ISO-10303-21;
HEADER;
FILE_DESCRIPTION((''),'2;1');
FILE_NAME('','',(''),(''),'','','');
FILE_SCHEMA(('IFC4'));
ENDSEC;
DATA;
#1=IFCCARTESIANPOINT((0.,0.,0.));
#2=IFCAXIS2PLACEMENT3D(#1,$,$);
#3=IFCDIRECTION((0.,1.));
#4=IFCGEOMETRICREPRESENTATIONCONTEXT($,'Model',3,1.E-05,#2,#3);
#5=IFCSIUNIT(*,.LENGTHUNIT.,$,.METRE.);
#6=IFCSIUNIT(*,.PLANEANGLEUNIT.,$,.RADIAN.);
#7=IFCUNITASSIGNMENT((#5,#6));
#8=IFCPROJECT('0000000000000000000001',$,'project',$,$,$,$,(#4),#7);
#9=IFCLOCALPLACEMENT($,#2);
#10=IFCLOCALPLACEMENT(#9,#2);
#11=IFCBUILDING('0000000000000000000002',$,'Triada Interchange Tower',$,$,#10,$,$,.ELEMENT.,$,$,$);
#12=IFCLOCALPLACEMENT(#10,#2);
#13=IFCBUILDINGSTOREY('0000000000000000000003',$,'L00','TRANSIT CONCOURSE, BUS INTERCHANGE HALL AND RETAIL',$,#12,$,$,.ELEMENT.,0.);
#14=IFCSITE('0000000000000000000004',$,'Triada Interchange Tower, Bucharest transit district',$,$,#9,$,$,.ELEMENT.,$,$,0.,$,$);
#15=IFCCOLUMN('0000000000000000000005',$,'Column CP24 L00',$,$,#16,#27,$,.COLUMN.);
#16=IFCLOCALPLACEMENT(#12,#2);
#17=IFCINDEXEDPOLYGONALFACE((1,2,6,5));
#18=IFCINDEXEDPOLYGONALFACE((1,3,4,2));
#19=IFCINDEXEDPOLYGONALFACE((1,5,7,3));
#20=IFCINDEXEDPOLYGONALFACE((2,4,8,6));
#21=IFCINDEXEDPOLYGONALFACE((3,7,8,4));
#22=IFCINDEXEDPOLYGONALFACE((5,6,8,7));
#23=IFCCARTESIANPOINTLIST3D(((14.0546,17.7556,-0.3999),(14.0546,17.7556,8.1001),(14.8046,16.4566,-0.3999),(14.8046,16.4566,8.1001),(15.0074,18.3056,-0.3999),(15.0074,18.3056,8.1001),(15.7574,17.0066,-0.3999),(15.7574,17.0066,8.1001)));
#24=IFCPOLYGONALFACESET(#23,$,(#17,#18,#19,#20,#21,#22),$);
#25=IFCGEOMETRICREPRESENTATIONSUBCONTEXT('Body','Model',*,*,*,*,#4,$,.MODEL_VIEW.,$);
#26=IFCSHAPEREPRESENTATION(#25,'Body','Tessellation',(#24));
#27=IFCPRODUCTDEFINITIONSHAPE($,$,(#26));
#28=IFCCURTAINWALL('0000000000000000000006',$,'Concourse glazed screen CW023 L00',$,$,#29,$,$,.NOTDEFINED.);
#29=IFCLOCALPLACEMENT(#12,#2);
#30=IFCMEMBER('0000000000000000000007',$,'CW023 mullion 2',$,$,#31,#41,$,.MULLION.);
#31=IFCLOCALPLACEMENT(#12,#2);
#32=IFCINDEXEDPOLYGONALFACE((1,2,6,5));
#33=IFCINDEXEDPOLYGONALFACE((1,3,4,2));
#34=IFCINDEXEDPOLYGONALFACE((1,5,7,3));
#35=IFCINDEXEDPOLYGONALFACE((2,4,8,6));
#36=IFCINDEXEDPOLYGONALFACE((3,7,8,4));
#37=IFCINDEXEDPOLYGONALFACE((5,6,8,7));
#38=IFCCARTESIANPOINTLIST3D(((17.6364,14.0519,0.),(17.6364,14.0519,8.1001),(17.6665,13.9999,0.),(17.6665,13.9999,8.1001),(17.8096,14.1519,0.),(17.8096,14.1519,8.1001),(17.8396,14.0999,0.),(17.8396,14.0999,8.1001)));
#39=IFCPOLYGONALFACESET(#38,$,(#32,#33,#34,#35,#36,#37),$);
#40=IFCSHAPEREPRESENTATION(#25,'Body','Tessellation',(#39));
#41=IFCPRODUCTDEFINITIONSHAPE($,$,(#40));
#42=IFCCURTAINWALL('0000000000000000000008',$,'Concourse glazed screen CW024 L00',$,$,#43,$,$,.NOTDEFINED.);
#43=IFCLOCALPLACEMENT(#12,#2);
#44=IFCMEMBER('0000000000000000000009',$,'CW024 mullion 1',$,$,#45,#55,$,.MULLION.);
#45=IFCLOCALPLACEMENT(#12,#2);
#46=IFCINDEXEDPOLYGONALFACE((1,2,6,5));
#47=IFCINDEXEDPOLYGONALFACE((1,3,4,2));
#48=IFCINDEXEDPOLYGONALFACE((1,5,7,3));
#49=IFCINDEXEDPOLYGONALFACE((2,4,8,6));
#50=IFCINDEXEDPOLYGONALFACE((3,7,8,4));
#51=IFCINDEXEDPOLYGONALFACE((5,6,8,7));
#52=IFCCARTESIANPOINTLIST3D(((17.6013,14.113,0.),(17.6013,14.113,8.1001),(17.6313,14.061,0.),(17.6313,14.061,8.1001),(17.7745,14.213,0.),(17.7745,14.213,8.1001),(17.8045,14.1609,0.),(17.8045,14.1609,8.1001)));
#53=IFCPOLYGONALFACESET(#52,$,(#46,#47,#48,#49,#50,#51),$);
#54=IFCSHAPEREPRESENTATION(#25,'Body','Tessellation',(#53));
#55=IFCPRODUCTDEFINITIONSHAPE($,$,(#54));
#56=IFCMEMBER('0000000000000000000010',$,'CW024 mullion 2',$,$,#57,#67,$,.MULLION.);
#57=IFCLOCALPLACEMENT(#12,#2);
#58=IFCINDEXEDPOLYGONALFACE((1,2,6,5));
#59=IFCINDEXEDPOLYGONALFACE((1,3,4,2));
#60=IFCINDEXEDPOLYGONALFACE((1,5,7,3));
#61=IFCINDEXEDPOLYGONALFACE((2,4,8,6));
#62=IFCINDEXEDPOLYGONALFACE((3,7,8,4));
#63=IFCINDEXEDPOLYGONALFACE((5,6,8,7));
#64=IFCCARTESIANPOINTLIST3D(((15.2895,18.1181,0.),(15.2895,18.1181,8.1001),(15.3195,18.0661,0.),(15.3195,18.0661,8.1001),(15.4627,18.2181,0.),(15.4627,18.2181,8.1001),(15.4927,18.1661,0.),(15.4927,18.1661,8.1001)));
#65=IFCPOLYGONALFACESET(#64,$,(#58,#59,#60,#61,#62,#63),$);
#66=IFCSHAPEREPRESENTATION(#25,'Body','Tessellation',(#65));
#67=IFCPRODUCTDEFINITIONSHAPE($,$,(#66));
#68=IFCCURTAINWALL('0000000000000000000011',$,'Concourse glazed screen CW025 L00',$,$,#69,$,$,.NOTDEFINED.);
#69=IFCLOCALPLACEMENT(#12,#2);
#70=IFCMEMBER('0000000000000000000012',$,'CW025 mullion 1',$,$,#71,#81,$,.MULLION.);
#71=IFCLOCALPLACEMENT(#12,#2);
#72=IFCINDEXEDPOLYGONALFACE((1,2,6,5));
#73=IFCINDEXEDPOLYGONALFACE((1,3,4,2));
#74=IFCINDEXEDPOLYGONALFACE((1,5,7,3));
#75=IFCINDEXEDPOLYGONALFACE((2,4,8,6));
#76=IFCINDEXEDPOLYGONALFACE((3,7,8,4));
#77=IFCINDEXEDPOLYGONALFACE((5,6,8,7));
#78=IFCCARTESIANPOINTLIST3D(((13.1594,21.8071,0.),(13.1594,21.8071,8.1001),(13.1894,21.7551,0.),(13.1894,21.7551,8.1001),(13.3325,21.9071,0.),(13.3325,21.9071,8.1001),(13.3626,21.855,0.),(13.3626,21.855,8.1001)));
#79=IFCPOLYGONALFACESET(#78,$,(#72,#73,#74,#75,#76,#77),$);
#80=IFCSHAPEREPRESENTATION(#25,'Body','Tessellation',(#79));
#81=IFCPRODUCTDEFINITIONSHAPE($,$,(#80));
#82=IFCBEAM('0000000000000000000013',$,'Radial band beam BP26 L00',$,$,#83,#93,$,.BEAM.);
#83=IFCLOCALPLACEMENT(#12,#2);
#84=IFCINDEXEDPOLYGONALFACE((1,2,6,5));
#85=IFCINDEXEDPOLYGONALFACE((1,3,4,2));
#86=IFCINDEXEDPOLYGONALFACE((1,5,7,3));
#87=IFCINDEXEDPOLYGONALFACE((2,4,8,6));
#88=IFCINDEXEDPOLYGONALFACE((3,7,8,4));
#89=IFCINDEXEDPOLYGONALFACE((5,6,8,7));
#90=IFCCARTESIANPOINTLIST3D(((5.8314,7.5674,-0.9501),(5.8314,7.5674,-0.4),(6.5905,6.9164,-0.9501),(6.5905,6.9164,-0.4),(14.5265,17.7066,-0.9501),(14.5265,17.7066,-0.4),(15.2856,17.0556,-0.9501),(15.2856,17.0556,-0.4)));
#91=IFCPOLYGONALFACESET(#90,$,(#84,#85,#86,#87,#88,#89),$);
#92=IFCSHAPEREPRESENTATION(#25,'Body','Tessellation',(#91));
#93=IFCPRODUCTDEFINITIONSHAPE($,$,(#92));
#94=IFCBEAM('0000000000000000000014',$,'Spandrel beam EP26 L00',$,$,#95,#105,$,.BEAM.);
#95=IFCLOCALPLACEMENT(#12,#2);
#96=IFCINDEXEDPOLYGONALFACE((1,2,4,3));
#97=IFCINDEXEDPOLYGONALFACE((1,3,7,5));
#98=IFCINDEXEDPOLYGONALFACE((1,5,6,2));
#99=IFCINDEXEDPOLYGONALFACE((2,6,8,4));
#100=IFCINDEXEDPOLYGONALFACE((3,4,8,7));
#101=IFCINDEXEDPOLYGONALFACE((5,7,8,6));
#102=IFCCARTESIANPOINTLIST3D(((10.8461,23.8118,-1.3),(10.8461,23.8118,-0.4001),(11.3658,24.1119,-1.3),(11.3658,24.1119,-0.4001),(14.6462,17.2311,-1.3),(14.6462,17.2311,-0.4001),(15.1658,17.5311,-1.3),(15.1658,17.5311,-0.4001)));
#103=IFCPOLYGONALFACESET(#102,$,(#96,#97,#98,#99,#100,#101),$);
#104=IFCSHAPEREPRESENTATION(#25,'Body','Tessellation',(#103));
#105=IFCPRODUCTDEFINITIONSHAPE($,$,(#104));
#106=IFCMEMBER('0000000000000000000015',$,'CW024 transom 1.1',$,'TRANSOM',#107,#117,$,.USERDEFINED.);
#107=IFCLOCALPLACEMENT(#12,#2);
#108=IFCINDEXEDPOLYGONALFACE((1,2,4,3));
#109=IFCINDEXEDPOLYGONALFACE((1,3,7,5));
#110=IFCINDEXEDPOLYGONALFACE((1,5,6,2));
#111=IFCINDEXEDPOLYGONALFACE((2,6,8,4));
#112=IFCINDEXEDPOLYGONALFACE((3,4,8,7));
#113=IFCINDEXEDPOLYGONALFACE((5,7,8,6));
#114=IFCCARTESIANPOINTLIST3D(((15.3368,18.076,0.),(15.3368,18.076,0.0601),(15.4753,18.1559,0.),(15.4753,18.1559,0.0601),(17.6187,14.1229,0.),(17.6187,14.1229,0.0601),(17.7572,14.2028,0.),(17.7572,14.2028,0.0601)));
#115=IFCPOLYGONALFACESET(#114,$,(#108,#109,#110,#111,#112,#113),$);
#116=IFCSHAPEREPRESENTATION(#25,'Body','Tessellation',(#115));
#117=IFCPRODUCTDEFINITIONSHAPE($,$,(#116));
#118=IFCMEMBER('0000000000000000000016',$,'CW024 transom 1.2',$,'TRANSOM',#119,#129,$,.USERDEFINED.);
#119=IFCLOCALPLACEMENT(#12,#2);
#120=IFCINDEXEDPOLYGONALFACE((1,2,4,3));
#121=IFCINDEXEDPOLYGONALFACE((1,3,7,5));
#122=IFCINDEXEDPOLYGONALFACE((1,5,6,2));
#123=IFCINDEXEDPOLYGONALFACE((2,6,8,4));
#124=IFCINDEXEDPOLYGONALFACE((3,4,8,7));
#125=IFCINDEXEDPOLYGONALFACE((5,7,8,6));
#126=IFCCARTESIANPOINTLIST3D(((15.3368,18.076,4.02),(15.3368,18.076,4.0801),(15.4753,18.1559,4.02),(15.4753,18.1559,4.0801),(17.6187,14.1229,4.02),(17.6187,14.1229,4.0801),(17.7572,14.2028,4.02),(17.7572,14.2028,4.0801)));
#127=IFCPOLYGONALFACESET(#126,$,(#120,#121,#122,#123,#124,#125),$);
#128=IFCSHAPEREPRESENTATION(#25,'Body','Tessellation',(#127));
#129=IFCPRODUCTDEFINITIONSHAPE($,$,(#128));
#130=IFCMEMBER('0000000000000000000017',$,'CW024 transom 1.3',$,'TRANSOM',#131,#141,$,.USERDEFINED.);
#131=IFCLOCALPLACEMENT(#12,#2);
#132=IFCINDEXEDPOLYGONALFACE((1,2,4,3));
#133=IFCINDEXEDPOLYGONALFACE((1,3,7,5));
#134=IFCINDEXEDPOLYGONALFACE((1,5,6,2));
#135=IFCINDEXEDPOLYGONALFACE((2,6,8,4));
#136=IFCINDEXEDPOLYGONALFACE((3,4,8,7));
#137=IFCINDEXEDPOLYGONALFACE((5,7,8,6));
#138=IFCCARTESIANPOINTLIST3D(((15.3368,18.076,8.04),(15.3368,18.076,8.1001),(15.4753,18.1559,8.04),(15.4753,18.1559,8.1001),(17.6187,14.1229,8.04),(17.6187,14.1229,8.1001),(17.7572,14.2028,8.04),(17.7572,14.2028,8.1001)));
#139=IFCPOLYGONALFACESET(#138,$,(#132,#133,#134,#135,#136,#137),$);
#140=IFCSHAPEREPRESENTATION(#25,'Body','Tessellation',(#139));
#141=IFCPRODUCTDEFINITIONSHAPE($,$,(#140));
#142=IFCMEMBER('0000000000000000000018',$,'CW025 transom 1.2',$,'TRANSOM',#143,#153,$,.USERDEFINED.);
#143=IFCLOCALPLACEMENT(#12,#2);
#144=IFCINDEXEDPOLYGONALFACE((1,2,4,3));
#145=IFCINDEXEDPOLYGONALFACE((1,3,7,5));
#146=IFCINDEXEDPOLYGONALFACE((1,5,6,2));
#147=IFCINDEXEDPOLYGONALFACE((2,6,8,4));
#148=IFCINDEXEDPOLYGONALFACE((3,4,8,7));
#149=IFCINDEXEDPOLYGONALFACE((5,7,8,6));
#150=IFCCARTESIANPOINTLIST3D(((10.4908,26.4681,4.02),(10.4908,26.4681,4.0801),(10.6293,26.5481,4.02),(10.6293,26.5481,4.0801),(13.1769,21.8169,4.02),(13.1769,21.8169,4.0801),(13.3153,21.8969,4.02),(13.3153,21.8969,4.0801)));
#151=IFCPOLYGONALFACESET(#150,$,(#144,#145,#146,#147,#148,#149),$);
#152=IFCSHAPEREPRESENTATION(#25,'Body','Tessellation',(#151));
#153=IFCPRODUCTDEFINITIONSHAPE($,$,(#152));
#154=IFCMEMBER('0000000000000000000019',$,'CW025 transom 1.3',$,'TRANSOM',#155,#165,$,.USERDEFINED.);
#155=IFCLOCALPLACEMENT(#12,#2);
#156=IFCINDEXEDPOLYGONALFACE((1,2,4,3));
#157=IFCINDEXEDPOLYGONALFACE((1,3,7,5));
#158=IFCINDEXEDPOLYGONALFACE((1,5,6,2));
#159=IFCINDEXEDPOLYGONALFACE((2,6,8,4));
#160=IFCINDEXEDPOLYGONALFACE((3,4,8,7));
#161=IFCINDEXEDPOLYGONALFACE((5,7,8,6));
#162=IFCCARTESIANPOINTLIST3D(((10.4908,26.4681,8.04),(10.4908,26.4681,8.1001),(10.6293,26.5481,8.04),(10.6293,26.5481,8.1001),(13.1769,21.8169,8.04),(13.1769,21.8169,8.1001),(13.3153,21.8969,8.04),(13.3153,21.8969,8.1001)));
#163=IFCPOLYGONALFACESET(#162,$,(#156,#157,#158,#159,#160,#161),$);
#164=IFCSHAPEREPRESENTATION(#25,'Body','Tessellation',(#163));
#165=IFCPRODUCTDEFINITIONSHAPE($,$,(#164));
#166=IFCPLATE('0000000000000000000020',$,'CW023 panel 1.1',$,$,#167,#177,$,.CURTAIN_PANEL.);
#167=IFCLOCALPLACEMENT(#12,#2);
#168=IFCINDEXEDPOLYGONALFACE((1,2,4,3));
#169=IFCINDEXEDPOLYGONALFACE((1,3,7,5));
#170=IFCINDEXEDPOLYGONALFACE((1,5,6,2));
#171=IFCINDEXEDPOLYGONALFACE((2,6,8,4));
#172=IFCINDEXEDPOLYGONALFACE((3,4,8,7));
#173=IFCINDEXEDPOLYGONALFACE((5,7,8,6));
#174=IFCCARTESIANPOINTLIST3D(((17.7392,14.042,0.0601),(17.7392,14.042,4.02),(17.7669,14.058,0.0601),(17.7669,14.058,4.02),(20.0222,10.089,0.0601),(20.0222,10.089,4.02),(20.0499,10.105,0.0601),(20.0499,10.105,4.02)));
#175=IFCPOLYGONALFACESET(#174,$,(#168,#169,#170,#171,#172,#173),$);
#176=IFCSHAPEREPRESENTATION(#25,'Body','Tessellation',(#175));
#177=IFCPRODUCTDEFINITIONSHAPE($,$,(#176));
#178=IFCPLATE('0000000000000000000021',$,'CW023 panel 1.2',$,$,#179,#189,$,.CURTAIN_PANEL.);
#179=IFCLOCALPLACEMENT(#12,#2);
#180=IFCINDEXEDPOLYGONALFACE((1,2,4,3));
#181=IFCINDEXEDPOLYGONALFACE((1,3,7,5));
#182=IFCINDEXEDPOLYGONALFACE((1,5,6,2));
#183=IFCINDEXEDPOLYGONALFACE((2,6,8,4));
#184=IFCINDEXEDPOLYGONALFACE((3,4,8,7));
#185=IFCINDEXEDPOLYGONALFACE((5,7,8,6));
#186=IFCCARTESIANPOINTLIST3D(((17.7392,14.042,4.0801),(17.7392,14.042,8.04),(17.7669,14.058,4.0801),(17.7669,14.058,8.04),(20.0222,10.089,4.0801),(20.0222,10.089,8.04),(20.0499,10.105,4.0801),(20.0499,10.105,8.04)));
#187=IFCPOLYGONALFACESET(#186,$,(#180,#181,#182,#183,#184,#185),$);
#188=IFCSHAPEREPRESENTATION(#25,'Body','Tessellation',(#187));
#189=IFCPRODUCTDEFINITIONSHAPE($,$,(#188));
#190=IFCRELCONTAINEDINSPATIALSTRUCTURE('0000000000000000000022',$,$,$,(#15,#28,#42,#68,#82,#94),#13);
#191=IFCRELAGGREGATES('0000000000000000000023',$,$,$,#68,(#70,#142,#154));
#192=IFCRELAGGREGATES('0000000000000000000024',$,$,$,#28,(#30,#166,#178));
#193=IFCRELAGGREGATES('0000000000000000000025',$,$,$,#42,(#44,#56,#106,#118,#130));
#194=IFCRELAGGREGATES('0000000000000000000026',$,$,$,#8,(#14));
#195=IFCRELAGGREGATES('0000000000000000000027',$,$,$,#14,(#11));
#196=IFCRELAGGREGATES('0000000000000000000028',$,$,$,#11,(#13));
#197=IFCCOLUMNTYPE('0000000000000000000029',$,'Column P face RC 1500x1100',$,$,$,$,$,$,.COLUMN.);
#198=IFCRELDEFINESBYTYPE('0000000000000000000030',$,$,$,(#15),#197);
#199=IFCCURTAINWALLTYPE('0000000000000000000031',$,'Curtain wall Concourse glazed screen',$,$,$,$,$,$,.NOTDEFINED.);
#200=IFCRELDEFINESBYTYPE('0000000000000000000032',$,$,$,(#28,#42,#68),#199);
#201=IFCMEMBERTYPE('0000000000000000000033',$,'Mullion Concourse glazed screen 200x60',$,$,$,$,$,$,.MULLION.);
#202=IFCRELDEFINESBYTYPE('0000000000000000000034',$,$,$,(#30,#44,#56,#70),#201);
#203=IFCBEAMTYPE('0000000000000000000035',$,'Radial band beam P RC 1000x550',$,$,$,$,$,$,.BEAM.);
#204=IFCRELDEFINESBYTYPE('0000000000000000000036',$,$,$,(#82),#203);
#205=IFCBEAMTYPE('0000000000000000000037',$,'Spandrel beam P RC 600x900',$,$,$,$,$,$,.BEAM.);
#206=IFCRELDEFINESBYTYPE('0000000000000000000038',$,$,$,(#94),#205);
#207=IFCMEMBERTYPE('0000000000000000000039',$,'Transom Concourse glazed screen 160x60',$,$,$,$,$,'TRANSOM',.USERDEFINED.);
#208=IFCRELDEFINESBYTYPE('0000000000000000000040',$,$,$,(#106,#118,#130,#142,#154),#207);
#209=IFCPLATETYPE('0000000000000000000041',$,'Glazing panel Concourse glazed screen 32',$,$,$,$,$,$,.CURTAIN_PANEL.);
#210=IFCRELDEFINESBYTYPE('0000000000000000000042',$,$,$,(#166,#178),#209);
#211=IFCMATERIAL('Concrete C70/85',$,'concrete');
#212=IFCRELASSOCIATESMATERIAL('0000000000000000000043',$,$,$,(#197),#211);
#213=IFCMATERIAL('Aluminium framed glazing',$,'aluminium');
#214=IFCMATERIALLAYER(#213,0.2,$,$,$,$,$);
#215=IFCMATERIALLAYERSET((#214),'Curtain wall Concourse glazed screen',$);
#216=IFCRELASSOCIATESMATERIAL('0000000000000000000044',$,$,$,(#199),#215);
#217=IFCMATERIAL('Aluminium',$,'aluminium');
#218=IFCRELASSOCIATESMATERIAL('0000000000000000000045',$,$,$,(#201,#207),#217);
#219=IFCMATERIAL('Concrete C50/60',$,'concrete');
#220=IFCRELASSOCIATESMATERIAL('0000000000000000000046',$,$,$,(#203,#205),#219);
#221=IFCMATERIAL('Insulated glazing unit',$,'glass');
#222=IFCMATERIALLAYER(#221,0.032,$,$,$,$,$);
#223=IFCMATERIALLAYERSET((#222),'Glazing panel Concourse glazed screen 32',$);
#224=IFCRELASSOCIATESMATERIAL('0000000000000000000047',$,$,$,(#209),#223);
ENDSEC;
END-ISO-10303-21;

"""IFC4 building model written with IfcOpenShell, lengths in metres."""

from ifc_helpers import new_model, si_unit, direction, frame, origin, origin_2d, place, context, subcontext, project, spatial, rectangle, extrude, material, layer, layer_set, material_profile, profile_set, type_object, element, aggregate, save


model = new_model("IFC4")

# Units and contexts
model_context = context("Model", 3, precision=1e-05, world=origin(), true_north=direction((0.0, 1.0)))
body_context = subcontext(model_context, "Body", "Model", "MODEL_VIEW")
ifc_project = project(units=[si_unit("LENGTHUNIT", "METRE"), si_unit("PLANEANGLEUNIT", "RADIAN")], contexts=[model_context])

# Site, building, storey
site_placement = place(None, origin())
site = spatial("IfcSite", under=ifc_project, at=site_placement, Name="Triada Interchange Tower, Bucharest transit district", CompositionType="ELEMENT", RefElevation=0.0)
building_placement = place(site_placement, origin())
building = spatial("IfcBuilding", under=site, at=building_placement, Name="Triada Interchange Tower", CompositionType="ELEMENT")
storey_placement = place(building_placement, origin())
storey = spatial("IfcBuildingStorey", under=building, at=storey_placement, Name="L00", Description="TRANSIT CONCOURSE, BUS INTERCHANGE HALL AND RETAIL", CompositionType="ELEMENT", Elevation=0.0)

# Column
ifc_material_1 = material(Name="Concrete C70/85", Category="concrete")
ifc_material_profile_1 = material_profile(ifc_material_1, rectangle(XDim=1.5, YDim=1.1001, at=origin_2d()), Name="RC 1500x1100")
ifc_profile_set_1 = profile_set([ifc_material_profile_1], Name="Concrete C70/85")
column_type = type_object("IfcColumnType", Name="Column P face RC 1500x1100", PredefinedType="COLUMN", material=ifc_profile_set_1)
column_placement = place(storey_placement, frame((14.906, 17.3811, -0.3999), z_axis=(0.0, 0.0, 1.0), x_axis=(-0.5, 0.866025, 0.0)))
element("IfcColumn", 1, at=column_placement, inside=storey, type_object=column_type, Name="Column CP24 L00", PredefinedType="COLUMN", context=body_context, shape_type="SweptSolid", body=[
    extrude(rectangle(XDim=1.5, YDim=1.1001, at=origin_2d()), origin(), (0.0, 0.0, 1.0), 8.5),
])

# Curtain wall, member
ifc_material_2 = material(Name="Aluminium framed glazing", Category="aluminium")
ifc_layer_1 = layer(ifc_material_2, 0.2)
ifc_layer_set_1 = layer_set([ifc_layer_1], Name="Curtain wall Concourse glazed screen")
curtain_wall_type = type_object("IfcCurtainWallType", Name="Curtain wall Concourse glazed screen", PredefinedType="NOTDEFINED", material=ifc_layer_set_1)
curtain_wall_1_placement = place(storey_placement, origin())
curtain_wall_1 = element("IfcCurtainWall", 2, at=curtain_wall_1_placement, inside=storey, type_object=curtain_wall_type, Name="Concourse glazed screen CW023 L00", PredefinedType="NOTDEFINED")
ifc_material_3 = material(Name="Aluminium", Category="aluminium")
ifc_material_profile_2 = material_profile(ifc_material_3, rectangle(XDim=0.2, YDim=0.0601, at=origin_2d()), Name="Aluminium mullion")
ifc_profile_set_2 = profile_set([ifc_material_profile_2], Name="Aluminium")
member_type_1 = type_object("IfcMemberType", Name="Mullion Concourse glazed screen 200x60", PredefinedType="MULLION", material=ifc_profile_set_2)
member_1_placement = place(storey_placement, frame((17.738, 14.0759, 0.0), z_axis=(0.0, 0.0, 1.0), x_axis=(-0.865962, -0.50011, 0.0)))
member_1 = element("IfcMember", 3, at=member_1_placement, type_object=member_type_1, Name="CW023 mullion 2", PredefinedType="MULLION", context=body_context, shape_type="SweptSolid", body=[
    extrude(rectangle(XDim=0.2, YDim=0.0601, at=origin_2d()), origin(), (0.0, 0.0, 1.0), 8.1001),
])

# Curtain wall, members
curtain_wall_2_placement = place(storey_placement, origin())
curtain_wall_2 = element("IfcCurtainWall", 4, at=curtain_wall_2_placement, inside=storey, type_object=curtain_wall_type, Name="Concourse glazed screen CW024 L00", PredefinedType="NOTDEFINED")
member_2_placement = place(storey_placement, frame((17.7029, 14.137, 0.0), z_axis=(0.0, 0.0, 1.0), x_axis=(-0.866054, -0.49995, 0.0)))
member_2 = element("IfcMember", 5, at=member_2_placement, type_object=member_type_1, Name="CW024 mullion 1", PredefinedType="MULLION", context=body_context, shape_type="SweptSolid", body=[
    extrude(rectangle(XDim=0.2, YDim=0.0601, at=origin_2d()), origin(), (0.0, 0.0, 1.0), 8.1001),
])
member_3_placement = place(storey_placement, frame((15.3911, 18.1421, 0.0), z_axis=(0.0, 0.0, 1.0), x_axis=(-0.866054, -0.49995, 0.0)))
member_3 = element("IfcMember", 6, at=member_3_placement, type_object=member_type_1, Name="CW024 mullion 2", PredefinedType="MULLION", context=body_context, shape_type="SweptSolid", body=[
    extrude(rectangle(XDim=0.2, YDim=0.0601, at=origin_2d()), origin(), (0.0, 0.0, 1.0), 8.1001),
])

# Curtain wall, member
curtain_wall_3_placement = place(storey_placement, origin())
curtain_wall_3 = element("IfcCurtainWall", 7, at=curtain_wall_3_placement, inside=storey, type_object=curtain_wall_type, Name="Concourse glazed screen CW025 L00", PredefinedType="NOTDEFINED")
member_4_placement = place(storey_placement, frame((13.261, 21.8311, 0.0), z_axis=(0.0, 0.0, 1.0), x_axis=(-0.86597, -0.500096, 0.0)))
member_4 = element("IfcMember", 8, at=member_4_placement, type_object=member_type_1, Name="CW025 mullion 1", PredefinedType="MULLION", context=body_context, shape_type="SweptSolid", body=[
    extrude(rectangle(XDim=0.2, YDim=0.0601, at=origin_2d()), origin(), (0.0, 0.0, 1.0), 8.1001),
])

# Beams
ifc_material_4 = material(Name="Concrete C50/60", Category="concrete")
ifc_material_profile_3 = material_profile(ifc_material_4, rectangle(XDim=1.0, YDim=0.55, at=origin_2d()), Name="RC 1000x550")
ifc_profile_set_3 = profile_set([ifc_material_profile_3], Name="Concrete C50/60")
beam_type_1 = type_object("IfcBeamType", Name="Radial band beam P RC 1000x550", PredefinedType="BEAM", material=ifc_profile_set_3)
beam_1_placement = place(storey_placement, frame((14.906, 17.3811, -0.675), z_axis=(-0.65098, -0.759095, 0.0), x_axis=(0.759095, -0.65098, 0.0)))
element("IfcBeam", 9, at=beam_1_placement, inside=storey, type_object=beam_type_1, Name="Radial band beam BP26 L00", PredefinedType="BEAM", context=body_context, shape_type="SweptSolid", body=[
    extrude(rectangle(XDim=1.0, YDim=0.55, at=origin_2d()), origin(), (0.0, 0.0, 1.0), 13.3569),
])
ifc_material_profile_4 = material_profile(ifc_material_4, rectangle(XDim=0.6001, YDim=0.8999, at=origin_2d()), Name="RC 600x900")
ifc_profile_set_4 = profile_set([ifc_material_profile_4], Name="Concrete C50/60")
beam_type_2 = type_object("IfcBeamType", Name="Spandrel beam P RC 600x900", PredefinedType="BEAM", material=ifc_profile_set_4)
beam_2_placement = place(storey_placement, frame((14.906, 17.3811, -0.8501), z_axis=(-0.500061, 0.86599, 0.0), x_axis=(-0.86599, -0.500061, 0.0)))
element("IfcBeam", 10, at=beam_2_placement, inside=storey, type_object=beam_type_2, Name="Spandrel beam EP26 L00", PredefinedType="BEAM", context=body_context, shape_type="SweptSolid", body=[
    extrude(rectangle(XDim=0.6001, YDim=0.8999, at=origin_2d()), origin(), (0.0, 0.0, 1.0), 7.5991),
])

# Members
ifc_material_profile_5 = material_profile(ifc_material_3, rectangle(XDim=0.1599, YDim=0.0601, at=origin_2d()), Name="Aluminium transom")
ifc_profile_set_5 = profile_set([ifc_material_profile_5], Name="Aluminium")
member_type_2 = type_object("IfcMemberType", Name="Transom Concourse glazed screen 160x60", ElementType="TRANSOM", PredefinedType="USERDEFINED", material=ifc_profile_set_5)
member_5_placement = place(storey_placement, frame((17.688, 14.1628, 0.03), z_axis=(-0.499942, 0.866059, 0.0), x_axis=(-0.866059, -0.499942, 0.0)))
member_5 = element("IfcMember", 11, at=member_5_placement, type_object=member_type_2, Name="CW024 transom 1.1", ObjectType="TRANSOM", PredefinedType="USERDEFINED", context=body_context, shape_type="SweptSolid", body=[
    extrude(rectangle(XDim=0.1599, YDim=0.0601, at=origin_2d()), origin(), (0.0, 0.0, 1.0), 4.5645),
])
member_6_placement = place(storey_placement, frame((17.688, 14.1628, 4.05), z_axis=(-0.499942, 0.866059, 0.0), x_axis=(-0.866059, -0.499942, 0.0)))
member_6 = element("IfcMember", 12, at=member_6_placement, type_object=member_type_2, Name="CW024 transom 1.2", ObjectType="TRANSOM", PredefinedType="USERDEFINED", context=body_context, shape_type="SweptSolid", body=[
    extrude(rectangle(XDim=0.1599, YDim=0.0601, at=origin_2d()), origin(), (0.0, 0.0, 1.0), 4.5645),
])
member_7_placement = place(storey_placement, frame((17.688, 14.1628, 8.0701), z_axis=(-0.499942, 0.866059, 0.0), x_axis=(-0.866059, -0.499942, 0.0)))
member_7 = element("IfcMember", 13, at=member_7_placement, type_object=member_type_2, Name="CW024 transom 1.3", ObjectType="TRANSOM", PredefinedType="USERDEFINED", context=body_context, shape_type="SweptSolid", body=[
    extrude(rectangle(XDim=0.1599, YDim=0.0601, at=origin_2d()), origin(), (0.0, 0.0, 1.0), 4.5645),
])
member_8_placement = place(storey_placement, frame((13.2461, 21.8569, 4.05), z_axis=(-0.500099, 0.865968, 0.0), x_axis=(-0.865968, -0.500099, 0.0)))
member_8 = element("IfcMember", 14, at=member_8_placement, type_object=member_type_2, Name="CW025 transom 1.2", ObjectType="TRANSOM", PredefinedType="USERDEFINED", context=body_context, shape_type="SweptSolid", body=[
    extrude(rectangle(XDim=0.1599, YDim=0.0601, at=origin_2d()), origin(), (0.0, 0.0, 1.0), 5.3711),
])
member_9_placement = place(storey_placement, frame((13.2461, 21.8569, 8.0701), z_axis=(-0.500099, 0.865968, 0.0), x_axis=(-0.865968, -0.500099, 0.0)))
member_9 = element("IfcMember", 15, at=member_9_placement, type_object=member_type_2, Name="CW025 transom 1.3", ObjectType="TRANSOM", PredefinedType="USERDEFINED", context=body_context, shape_type="SweptSolid", body=[
    extrude(rectangle(XDim=0.1599, YDim=0.0601, at=origin_2d()), origin(), (0.0, 0.0, 1.0), 5.3711),
])
aggregate(curtain_wall_3, [member_4, member_8, member_9])

# Plates
ifc_material_5 = material(Name="Insulated glazing unit", Category="glass")
ifc_layer_2 = layer(ifc_material_5, 0.032)
ifc_layer_set_2 = layer_set([ifc_layer_2], Name="Glazing panel Concourse glazed screen 32")
plate_type = type_object("IfcPlateType", Name="Glazing panel Concourse glazed screen 32", PredefinedType="CURTAIN_PANEL", material=ifc_layer_set_2)
plate_1_placement = place(storey_placement, frame((18.8945, 12.0735, 0.0601), z_axis=(0.0, 0.0, 1.0), x_axis=(-0.50011, 0.865962, 0.0)))
plate_1 = element("IfcPlate", 16, at=plate_1_placement, type_object=plate_type, Name="CW023 panel 1.1", PredefinedType="CURTAIN_PANEL", context=body_context, shape_type="SweptSolid", body=[
    extrude(rectangle(XDim=4.5649, YDim=0.032, at=origin_2d()), origin(), (0.0, 0.0, 1.0), 3.96),
])
plate_2_placement = place(storey_placement, frame((18.8945, 12.0735, 4.0801), z_axis=(0.0, 0.0, 1.0), x_axis=(-0.50011, 0.865962, 0.0)))
plate_2 = element("IfcPlate", 17, at=plate_2_placement, type_object=plate_type, Name="CW023 panel 1.2", PredefinedType="CURTAIN_PANEL", context=body_context, shape_type="SweptSolid", body=[
    extrude(rectangle(XDim=4.5649, YDim=0.032, at=origin_2d()), origin(), (0.0, 0.0, 1.0), 3.96),
])
aggregate(curtain_wall_1, [member_1, plate_1, plate_2])
aggregate(curtain_wall_2, [member_2, member_3, member_5, member_6, member_7])

save(model, "model.ifc")
